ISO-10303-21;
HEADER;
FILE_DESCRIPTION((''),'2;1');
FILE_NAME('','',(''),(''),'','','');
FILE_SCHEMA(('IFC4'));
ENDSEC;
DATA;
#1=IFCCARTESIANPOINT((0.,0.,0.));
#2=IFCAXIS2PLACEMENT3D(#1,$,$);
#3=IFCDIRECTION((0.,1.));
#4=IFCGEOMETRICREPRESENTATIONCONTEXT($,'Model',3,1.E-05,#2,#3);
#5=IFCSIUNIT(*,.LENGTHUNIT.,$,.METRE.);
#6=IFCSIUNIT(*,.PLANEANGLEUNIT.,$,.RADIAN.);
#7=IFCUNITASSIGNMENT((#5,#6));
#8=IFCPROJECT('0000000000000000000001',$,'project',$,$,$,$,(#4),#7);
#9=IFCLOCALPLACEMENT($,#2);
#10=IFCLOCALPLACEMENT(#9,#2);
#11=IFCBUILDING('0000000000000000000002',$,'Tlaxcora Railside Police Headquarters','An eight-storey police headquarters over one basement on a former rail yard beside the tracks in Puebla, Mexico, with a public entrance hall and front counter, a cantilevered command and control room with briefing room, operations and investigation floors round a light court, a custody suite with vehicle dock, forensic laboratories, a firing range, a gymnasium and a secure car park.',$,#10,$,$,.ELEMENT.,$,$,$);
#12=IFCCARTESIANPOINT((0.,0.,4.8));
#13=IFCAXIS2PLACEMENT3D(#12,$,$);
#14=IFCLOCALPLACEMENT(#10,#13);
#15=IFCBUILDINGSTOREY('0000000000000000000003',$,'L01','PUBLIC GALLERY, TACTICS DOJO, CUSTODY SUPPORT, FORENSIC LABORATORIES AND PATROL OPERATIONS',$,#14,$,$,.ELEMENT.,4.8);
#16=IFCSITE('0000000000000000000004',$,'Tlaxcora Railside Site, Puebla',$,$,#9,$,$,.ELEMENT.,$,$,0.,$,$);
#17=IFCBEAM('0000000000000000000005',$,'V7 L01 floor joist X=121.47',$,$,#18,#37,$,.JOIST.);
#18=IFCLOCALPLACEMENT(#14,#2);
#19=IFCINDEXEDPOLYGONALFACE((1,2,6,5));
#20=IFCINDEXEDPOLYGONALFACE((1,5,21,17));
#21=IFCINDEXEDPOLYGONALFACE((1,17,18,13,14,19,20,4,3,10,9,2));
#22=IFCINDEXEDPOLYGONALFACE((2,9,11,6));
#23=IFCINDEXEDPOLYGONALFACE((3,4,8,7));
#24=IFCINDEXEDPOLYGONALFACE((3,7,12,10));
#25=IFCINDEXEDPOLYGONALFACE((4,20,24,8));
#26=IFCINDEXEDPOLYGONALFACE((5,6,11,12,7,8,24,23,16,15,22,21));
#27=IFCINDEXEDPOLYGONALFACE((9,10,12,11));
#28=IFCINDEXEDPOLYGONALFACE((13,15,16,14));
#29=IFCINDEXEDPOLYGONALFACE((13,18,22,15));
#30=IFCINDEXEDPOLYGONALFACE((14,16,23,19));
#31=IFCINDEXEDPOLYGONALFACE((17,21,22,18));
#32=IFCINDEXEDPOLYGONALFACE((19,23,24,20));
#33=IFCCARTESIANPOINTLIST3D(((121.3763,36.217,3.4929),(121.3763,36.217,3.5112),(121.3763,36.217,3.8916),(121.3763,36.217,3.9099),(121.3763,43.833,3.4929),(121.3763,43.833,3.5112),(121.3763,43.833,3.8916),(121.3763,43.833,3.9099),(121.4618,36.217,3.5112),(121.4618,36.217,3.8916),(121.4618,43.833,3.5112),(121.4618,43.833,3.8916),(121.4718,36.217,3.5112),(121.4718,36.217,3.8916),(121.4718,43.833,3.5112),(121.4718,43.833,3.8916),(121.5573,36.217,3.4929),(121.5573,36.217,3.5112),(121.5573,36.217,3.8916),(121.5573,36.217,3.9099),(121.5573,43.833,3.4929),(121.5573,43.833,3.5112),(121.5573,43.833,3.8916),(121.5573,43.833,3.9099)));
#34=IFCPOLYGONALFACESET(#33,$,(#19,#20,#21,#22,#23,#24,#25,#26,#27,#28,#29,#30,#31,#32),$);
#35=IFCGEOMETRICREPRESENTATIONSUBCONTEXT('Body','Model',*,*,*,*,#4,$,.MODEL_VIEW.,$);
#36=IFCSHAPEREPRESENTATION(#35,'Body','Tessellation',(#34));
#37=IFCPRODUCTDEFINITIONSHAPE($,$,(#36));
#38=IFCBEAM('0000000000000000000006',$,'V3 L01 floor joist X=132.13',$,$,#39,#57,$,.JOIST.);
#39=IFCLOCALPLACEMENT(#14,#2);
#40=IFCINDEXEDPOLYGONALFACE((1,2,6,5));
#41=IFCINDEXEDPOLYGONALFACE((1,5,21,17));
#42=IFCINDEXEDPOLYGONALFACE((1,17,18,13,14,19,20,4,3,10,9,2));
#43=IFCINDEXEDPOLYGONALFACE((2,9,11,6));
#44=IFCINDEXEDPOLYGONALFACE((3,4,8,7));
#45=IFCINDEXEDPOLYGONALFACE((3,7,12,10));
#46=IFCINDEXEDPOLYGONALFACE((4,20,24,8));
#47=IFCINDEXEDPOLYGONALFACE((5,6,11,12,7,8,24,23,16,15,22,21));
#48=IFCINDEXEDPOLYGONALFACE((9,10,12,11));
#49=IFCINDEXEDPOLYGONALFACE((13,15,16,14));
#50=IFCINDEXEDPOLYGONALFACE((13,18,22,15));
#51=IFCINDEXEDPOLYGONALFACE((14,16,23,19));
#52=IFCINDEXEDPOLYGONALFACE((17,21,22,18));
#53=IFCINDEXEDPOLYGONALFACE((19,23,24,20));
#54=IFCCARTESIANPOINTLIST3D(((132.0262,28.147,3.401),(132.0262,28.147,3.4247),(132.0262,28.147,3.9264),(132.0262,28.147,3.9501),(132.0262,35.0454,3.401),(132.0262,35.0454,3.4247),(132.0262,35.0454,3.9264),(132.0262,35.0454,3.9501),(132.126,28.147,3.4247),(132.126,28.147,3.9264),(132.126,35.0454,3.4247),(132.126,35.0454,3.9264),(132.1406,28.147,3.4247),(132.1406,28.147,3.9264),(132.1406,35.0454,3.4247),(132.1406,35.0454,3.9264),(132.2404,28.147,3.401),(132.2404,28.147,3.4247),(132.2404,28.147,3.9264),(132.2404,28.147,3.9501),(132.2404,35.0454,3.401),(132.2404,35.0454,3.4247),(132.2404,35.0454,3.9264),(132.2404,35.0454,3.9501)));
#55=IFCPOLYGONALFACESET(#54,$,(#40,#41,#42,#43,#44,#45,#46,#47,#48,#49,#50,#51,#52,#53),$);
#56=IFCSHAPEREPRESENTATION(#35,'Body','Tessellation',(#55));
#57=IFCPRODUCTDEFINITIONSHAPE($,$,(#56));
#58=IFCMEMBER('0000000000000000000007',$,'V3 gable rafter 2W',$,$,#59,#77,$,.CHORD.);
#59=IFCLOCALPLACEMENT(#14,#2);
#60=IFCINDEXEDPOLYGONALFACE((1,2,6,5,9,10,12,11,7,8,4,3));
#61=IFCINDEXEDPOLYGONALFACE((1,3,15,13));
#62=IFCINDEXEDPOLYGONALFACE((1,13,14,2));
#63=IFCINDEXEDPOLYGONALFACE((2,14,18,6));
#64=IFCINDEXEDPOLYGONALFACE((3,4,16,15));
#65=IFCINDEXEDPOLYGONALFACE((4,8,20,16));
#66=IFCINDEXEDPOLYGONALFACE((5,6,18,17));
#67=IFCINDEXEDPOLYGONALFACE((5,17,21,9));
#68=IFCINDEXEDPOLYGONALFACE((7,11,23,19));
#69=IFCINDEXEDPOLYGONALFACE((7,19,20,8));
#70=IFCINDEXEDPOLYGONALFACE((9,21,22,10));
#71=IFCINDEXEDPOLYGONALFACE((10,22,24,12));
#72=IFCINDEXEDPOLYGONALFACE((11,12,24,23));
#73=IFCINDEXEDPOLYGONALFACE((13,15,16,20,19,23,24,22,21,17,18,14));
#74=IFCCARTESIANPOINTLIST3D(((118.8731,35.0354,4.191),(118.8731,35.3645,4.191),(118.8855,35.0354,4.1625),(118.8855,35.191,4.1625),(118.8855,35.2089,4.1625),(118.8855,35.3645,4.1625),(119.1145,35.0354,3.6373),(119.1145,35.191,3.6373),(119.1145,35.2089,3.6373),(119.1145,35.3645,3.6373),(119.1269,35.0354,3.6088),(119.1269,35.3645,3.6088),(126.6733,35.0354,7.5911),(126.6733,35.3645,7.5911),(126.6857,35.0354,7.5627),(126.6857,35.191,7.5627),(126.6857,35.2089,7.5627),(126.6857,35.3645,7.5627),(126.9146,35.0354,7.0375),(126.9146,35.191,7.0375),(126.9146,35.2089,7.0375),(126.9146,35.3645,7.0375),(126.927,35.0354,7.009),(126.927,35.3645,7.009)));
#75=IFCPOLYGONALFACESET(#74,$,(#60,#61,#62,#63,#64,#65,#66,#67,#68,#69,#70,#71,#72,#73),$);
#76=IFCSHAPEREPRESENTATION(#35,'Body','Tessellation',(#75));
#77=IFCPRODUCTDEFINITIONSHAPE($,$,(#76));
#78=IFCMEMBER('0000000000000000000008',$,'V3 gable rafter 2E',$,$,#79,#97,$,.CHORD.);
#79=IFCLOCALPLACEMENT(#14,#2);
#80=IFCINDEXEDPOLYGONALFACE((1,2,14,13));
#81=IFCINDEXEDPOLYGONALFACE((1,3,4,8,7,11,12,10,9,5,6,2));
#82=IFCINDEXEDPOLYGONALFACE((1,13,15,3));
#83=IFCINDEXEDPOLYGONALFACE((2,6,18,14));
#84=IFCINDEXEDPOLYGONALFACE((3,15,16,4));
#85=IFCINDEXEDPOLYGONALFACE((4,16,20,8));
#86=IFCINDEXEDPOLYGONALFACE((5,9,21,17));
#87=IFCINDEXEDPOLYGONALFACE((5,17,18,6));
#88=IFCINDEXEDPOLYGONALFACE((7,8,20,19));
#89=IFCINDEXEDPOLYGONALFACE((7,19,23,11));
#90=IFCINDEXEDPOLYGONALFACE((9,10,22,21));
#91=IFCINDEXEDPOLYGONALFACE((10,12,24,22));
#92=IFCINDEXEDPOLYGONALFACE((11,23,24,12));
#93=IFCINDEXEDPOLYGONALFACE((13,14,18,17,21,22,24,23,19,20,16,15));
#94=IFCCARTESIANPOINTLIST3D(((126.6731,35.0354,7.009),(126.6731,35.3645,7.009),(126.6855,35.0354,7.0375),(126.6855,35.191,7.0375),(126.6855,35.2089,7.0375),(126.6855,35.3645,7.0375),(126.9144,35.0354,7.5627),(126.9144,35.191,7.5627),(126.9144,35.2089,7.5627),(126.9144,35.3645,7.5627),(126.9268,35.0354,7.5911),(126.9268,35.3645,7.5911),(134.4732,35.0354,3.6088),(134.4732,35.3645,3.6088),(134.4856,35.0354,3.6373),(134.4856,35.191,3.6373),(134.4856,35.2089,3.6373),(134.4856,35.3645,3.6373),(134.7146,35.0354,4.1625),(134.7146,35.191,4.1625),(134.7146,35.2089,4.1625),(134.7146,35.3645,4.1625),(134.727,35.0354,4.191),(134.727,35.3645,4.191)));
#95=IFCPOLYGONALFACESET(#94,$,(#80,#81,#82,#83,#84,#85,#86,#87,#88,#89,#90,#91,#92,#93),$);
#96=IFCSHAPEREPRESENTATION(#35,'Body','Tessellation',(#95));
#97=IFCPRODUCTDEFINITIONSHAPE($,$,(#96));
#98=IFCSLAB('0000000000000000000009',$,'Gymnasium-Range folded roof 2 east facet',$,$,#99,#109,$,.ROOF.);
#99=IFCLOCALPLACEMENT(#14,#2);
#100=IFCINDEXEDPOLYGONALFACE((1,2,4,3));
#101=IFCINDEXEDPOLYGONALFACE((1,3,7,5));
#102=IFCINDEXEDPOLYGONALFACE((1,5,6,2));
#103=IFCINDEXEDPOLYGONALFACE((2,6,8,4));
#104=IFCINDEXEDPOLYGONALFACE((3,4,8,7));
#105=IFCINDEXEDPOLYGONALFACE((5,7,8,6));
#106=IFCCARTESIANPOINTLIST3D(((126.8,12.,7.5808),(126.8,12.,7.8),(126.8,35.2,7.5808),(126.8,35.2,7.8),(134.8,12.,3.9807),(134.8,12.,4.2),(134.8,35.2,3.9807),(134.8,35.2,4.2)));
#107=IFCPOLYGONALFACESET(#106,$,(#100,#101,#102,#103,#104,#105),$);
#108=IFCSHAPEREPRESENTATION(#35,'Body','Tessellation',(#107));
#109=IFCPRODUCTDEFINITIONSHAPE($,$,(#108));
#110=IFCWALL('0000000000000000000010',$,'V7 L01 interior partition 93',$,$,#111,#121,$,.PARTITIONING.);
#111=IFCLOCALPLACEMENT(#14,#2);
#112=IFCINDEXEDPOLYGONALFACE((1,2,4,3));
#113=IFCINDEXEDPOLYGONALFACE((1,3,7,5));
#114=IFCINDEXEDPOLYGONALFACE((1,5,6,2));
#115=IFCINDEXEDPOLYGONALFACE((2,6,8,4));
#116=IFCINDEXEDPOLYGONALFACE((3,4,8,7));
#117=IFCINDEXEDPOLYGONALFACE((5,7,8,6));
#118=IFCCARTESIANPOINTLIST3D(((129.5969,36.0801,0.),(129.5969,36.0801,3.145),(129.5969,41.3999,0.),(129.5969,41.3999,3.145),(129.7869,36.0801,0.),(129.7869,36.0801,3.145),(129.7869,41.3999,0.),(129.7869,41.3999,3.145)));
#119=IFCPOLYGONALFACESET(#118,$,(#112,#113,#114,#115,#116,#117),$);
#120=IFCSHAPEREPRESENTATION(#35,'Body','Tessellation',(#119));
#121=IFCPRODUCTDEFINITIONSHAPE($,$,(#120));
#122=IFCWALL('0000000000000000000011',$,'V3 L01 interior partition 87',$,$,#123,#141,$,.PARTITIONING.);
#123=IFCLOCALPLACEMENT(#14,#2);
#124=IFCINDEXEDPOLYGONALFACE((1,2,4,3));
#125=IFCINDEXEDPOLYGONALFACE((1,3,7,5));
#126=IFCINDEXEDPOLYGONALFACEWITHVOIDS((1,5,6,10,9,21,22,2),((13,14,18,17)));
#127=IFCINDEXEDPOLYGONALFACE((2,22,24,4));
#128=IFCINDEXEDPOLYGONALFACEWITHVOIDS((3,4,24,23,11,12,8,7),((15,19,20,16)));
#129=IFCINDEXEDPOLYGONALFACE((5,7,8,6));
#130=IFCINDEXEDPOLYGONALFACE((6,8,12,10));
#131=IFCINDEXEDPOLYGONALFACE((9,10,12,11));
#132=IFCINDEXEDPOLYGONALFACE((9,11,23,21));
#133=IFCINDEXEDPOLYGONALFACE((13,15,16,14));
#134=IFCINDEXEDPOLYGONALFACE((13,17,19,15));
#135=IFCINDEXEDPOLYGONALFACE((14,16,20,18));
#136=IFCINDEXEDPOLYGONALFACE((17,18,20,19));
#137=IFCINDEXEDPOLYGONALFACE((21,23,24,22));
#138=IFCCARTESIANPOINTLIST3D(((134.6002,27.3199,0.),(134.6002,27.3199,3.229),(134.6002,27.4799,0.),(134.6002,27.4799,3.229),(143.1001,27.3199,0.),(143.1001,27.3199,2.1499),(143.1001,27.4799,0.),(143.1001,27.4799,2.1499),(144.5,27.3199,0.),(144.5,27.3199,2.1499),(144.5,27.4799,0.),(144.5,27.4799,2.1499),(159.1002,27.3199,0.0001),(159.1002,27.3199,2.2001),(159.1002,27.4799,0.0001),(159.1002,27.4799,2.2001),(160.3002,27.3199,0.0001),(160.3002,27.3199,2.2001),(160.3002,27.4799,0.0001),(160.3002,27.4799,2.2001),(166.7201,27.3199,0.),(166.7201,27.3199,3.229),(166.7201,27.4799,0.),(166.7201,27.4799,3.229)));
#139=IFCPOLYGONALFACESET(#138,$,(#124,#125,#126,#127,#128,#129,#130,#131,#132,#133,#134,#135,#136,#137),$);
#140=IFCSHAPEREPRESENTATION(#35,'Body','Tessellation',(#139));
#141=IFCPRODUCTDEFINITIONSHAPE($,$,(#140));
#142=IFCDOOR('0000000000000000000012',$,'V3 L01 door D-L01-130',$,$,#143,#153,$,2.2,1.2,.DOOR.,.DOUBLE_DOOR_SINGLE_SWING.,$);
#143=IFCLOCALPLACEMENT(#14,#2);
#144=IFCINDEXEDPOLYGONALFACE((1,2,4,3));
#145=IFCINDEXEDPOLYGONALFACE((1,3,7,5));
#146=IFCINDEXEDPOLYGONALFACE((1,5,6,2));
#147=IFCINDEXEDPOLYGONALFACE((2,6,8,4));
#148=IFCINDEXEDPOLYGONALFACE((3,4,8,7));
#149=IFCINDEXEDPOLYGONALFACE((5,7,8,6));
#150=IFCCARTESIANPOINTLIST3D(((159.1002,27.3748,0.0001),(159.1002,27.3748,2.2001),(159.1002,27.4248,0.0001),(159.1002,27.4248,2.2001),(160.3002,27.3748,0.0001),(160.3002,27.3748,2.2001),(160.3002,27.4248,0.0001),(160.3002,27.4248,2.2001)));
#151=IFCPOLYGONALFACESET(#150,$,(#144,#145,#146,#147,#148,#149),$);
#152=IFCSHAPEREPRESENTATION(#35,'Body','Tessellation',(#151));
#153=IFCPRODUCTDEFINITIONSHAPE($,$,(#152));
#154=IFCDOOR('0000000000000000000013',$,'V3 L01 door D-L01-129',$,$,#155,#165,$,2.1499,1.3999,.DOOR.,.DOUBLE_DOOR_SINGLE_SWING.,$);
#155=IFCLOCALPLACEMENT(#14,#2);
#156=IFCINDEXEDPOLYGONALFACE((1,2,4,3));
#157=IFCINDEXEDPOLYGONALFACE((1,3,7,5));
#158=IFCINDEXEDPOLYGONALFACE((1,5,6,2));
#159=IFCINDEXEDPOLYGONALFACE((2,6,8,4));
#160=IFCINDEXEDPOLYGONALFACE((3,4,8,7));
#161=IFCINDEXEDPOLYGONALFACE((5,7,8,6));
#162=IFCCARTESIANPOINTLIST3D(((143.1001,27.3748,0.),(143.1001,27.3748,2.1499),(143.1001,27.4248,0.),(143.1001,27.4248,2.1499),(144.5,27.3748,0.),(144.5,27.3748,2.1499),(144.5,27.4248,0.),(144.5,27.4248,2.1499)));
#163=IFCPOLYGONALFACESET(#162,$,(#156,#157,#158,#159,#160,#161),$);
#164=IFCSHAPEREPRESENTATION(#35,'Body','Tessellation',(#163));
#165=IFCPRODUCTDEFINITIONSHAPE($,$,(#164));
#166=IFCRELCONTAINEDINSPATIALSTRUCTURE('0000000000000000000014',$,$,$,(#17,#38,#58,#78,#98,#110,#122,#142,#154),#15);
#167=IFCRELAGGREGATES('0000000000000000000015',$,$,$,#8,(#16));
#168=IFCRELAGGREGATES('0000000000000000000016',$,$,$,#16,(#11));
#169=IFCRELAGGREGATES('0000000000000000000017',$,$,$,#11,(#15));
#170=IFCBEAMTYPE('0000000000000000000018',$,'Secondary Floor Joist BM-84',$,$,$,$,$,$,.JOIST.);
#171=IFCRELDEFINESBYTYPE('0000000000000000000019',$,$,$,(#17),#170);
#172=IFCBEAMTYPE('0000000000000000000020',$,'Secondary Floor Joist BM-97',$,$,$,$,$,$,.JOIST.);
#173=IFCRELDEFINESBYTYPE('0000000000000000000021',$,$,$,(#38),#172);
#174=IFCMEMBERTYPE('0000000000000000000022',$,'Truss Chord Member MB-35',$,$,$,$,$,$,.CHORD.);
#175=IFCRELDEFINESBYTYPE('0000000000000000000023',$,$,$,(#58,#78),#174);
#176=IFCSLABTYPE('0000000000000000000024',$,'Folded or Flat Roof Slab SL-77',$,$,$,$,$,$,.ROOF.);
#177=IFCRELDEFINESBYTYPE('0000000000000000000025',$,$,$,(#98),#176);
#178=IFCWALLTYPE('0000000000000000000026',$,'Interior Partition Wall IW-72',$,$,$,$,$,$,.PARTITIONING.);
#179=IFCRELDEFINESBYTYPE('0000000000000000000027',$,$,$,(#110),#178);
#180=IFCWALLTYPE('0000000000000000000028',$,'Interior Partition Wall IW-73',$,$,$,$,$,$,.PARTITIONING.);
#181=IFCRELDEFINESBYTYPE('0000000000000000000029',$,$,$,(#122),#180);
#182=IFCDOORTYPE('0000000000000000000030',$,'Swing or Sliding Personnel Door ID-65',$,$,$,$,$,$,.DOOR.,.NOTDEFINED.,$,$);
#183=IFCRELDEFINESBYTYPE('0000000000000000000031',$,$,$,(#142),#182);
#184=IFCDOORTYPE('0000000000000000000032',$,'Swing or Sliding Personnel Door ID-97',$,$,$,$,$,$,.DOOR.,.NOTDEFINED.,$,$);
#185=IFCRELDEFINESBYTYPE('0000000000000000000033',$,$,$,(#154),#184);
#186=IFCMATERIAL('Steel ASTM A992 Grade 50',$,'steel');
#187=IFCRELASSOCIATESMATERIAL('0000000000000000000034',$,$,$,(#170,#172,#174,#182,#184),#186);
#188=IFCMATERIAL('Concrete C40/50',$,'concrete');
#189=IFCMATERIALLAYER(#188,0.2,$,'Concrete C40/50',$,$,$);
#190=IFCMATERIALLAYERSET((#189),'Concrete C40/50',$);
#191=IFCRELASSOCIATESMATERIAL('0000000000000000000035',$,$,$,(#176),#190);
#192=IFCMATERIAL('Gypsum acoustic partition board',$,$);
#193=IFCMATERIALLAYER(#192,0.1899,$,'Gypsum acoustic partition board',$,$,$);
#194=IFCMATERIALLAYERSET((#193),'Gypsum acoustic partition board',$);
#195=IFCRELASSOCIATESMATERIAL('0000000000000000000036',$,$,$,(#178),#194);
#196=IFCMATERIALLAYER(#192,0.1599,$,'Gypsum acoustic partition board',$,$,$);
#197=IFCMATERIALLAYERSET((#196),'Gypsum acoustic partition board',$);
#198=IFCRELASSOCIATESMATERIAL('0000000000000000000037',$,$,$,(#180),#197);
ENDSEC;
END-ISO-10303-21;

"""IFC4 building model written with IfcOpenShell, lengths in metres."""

from ifc_helpers import new_model, si_unit, direction, frame, frame_2d, origin, origin_2d, place, context, subcontext, project, spatial, polyline, rectangle, i_section, outline, extrude, material, layer, layer_set, material_profile, profile_set, type_object, element, fill, save


model = new_model("IFC4")

# Units and contexts
model_context = context("Model", 3, precision=1e-05, world=origin(), true_north=direction((0.0, 1.0)))
body_context = subcontext(model_context, "Body", "Model", "MODEL_VIEW")
ifc_project = project(units=[si_unit("LENGTHUNIT", "METRE"), si_unit("PLANEANGLEUNIT", "RADIAN")], contexts=[model_context])

# Site, building, storey
site_placement = place(None, origin())
site = spatial("IfcSite", under=ifc_project, at=site_placement, Name="Tlaxcora Railside Site, Puebla", CompositionType="ELEMENT", RefElevation=0.0)
building_placement = place(site_placement, origin())
building = spatial("IfcBuilding", under=site, at=building_placement, Name="Tlaxcora Railside Police Headquarters", Description="An eight-storey police headquarters over one basement on a former rail yard beside the tracks in Puebla, Mexico, with a public entrance hall and front counter, a cantilevered command and control room with briefing room, operations and investigation floors round a light court, a custody suite with vehicle dock, forensic laboratories, a firing range, a gymnasium and a secure car park.", CompositionType="ELEMENT")
storey_placement = place(building_placement, frame((0.0, 0.0, 4.8)))
storey = spatial("IfcBuildingStorey", under=building, at=storey_placement, Name="L01", Description="PUBLIC GALLERY, TACTICS DOJO, CUSTODY SUPPORT, FORENSIC LABORATORIES AND PATROL OPERATIONS", CompositionType="ELEMENT", Elevation=4.8)

# Shared definitions
ifc_material_1 = material(Name="Concrete C40/50", Category="concrete")

# Beams
ifc_material_2 = material(Name="Steel ASTM A992 Grade 50", Category="steel")
ifc_material_profile_1 = material_profile(ifc_material_2, i_section(OverallWidth=0.1809, OverallDepth=0.417, WebThickness=0.01, FlangeThickness=0.0183, at=origin_2d()), Name="W16X57")
ifc_profile_set_1 = profile_set([ifc_material_profile_1], Name="Steel ASTM A992 Grade 50")
beam_type_1 = type_object("IfcBeamType", Name="Secondary Floor Joist BM-84", PredefinedType="JOIST", material=ifc_profile_set_1)
beam_1_placement = place(storey_placement, frame((121.4668, 36.217, 3.7014), z_axis=(0.0, 1.0, 0.0), x_axis=(-1.0, 0.0, 0.0)))
element("IfcBeam", 1, at=beam_1_placement, inside=storey, type_object=beam_type_1, Name="V7 L01 floor joist X=121.47", PredefinedType="JOIST", context=body_context, shape_type="SweptSolid", body=[
    extrude(i_section(OverallWidth=0.1809, OverallDepth=0.417, WebThickness=0.01, FlangeThickness=0.0183, at=origin_2d()), origin(), (0.0, 0.0, 1.0), 7.616),
])
ifc_material_profile_2 = material_profile(ifc_material_2, i_section(OverallWidth=0.2141, OverallDepth=0.5491, WebThickness=0.0146, FlangeThickness=0.0237, at=origin_2d()), Name="W21X93")
ifc_profile_set_2 = profile_set([ifc_material_profile_2], Name="Steel ASTM A992 Grade 50")
beam_type_2 = type_object("IfcBeamType", Name="Secondary Floor Joist BM-97", PredefinedType="JOIST", material=ifc_profile_set_2)
beam_2_placement = place(storey_placement, frame((132.1333, 28.147, 3.6755), z_axis=(0.0, 1.0, 0.0), x_axis=(-1.0, 0.0, 0.0)))
element("IfcBeam", 2, at=beam_2_placement, inside=storey, type_object=beam_type_2, Name="V3 L01 floor joist X=132.13", PredefinedType="JOIST", context=body_context, shape_type="SweptSolid", body=[
    extrude(i_section(OverallWidth=0.2141, OverallDepth=0.5491, WebThickness=0.0146, FlangeThickness=0.0237, at=origin_2d()), origin(), (0.0, 0.0, 1.0), 6.8984),
])

# Members
ifc_material_profile_3 = material_profile(ifc_material_2, i_section(OverallWidth=0.3291, OverallDepth=0.635, WebThickness=0.0178, FlangeThickness=0.031, at=origin_2d()), Name="W24X162")
ifc_profile_set_3 = profile_set([ifc_material_profile_3], Name="Steel ASTM A992 Grade 50")
member_type = type_object("IfcMemberType", Name="Truss Chord Member MB-35", PredefinedType="CHORD", material=ifc_profile_set_3)
for number, where, z_axis, x_axis, name in (
    (3, (119.0, 35.2, 3.8999), (0.916691, 0.0, 0.399598), (0.0, 1.0, 0.0), "V3 gable rafter 2W"),
    (4, (134.6001, 35.2, 3.8999), (-0.916691, 0.0, 0.399598), (0.0, -1.0, 0.0), "V3 gable rafter 2E"),
):
    element("IfcMember", number, at=place(storey_placement, frame(where, z_axis=z_axis, x_axis=x_axis)), inside=storey, type_object=member_type, Name=name, PredefinedType="CHORD", context=body_context, shape_type="SweptSolid", body=[
        extrude(i_section(OverallWidth=0.3291, OverallDepth=0.635, WebThickness=0.0178, FlangeThickness=0.031, at=origin_2d()), origin(), (0.0, 0.0, 1.0), 8.509),
    ])

# Slab
ifc_layer_1 = layer(ifc_material_1, 0.2, Name="Concrete C40/50")
ifc_layer_set_1 = layer_set([ifc_layer_1], Name="Concrete C40/50")
slab_type = type_object("IfcSlabType", Name="Folded or Flat Roof Slab SL-77", PredefinedType="ROOF", material=ifc_layer_set_1)
slab_placement = place(storey_placement, frame((126.8, 35.2, 0.0), z_axis=(0.0, -1.0, 0.0), x_axis=(1.0, 0.0, 0.0)))
element("IfcSlab", 5, at=slab_placement, inside=storey, type_object=slab_type, Name="Gymnasium-Range folded roof 2 east facet", PredefinedType="ROOF", context=body_context, shape_type="SweptSolid", body=[
    extrude(outline(polyline([(0.0, 7.5808), (8.0, 3.9807), (8.0, 4.2), (0.0, 7.8), (0.0, 7.5808)])), origin(), (0.0, 0.0, 1.0), 23.2),
])

# Wall
ifc_material_3 = material(Name="Gypsum acoustic partition board")
ifc_layer_2 = layer(ifc_material_3, 0.1899, Name="Gypsum acoustic partition board")
ifc_layer_set_2 = layer_set([ifc_layer_2], Name="Gypsum acoustic partition board")
wall_type_1 = type_object("IfcWallType", Name="Interior Partition Wall IW-72", PredefinedType="PARTITIONING", material=ifc_layer_set_2)
wall_1_placement = place(storey_placement, frame((129.6919, 36.0801, 0.0), z_axis=(0.0, 0.0, 1.0), x_axis=(0.0, 1.0, 0.0)))
element("IfcWall", 6, at=wall_1_placement, inside=storey, type_object=wall_type_1, Name="V7 L01 interior partition 93", PredefinedType="PARTITIONING", context=body_context, shape_type="SweptSolid", body=[
    extrude(rectangle(XDim=5.3198, YDim=0.1899, at=frame_2d((2.6599, 0.0))), origin(), (0.0, 0.0, 1.0), 3.145),
])

# Wall, openings, doors
ifc_layer_3 = layer(ifc_material_3, 0.1599, Name="Gypsum acoustic partition board")
ifc_layer_set_3 = layer_set([ifc_layer_3], Name="Gypsum acoustic partition board")
wall_type_2 = type_object("IfcWallType", Name="Interior Partition Wall IW-73", PredefinedType="PARTITIONING", material=ifc_layer_set_3)
wall_2_placement = place(storey_placement, frame((134.6001, 27.3999, 0.0), z_axis=(0.0, 0.0, 1.0), x_axis=(1.0, 0.0, 0.0)))
wall_2 = element("IfcWall", 7, at=wall_2_placement, inside=storey, type_object=wall_type_2, Name="V3 L01 interior partition 87", PredefinedType="PARTITIONING", context=body_context, shape_type="SweptSolid", body=[
    extrude(rectangle(XDim=32.1199, YDim=0.1599, at=frame_2d((16.0601, 0.0))), origin(), (0.0, 0.0, 1.0), 3.229),
])
opening_1_placement = place(wall_2_placement, frame((8.5, 0.0, 0.0)))
opening_1 = element("IfcOpeningElement", 8, at=opening_1_placement, cuts=wall_2, PredefinedType="OPENING", context=body_context, shape_type="SweptSolid", body=[
    extrude(rectangle(XDim=1.3999, YDim=2.1499, at=frame_2d((0.7, 1.075))), frame((0.0, 0.0898, 0.0), z_axis=(0.0, -1.0, 0.0), x_axis=(1.0, 0.0, 0.0)), (0.0, 0.0, 1.0), 0.1799),
])
opening_2_placement = place(wall_2_placement, frame((24.5, 0.0, 0.0)))
opening_2 = element("IfcOpeningElement", 9, at=opening_2_placement, cuts=wall_2, PredefinedType="OPENING", context=body_context, shape_type="SweptSolid", body=[
    extrude(rectangle(XDim=1.2, YDim=2.2, at=frame_2d((0.6001, 1.1001))), frame((0.0, 0.0898, 0.0), z_axis=(0.0, -1.0, 0.0), x_axis=(1.0, 0.0, 0.0)), (0.0, 0.0, 1.0), 0.1799),
])
door_type_1 = type_object("IfcDoorType", Name="Swing or Sliding Personnel Door ID-65", OperationType="NOTDEFINED", PredefinedType="DOOR", material=ifc_material_2)
door_1_placement = place(opening_2_placement, origin())
door_1 = element("IfcDoor", 10, at=door_1_placement, inside=storey, type_object=door_type_1, Name="V3 L01 door D-L01-130", OperationType="DOUBLE_DOOR_SINGLE_SWING", OverallHeight=2.2, OverallWidth=1.2, PredefinedType="DOOR", context=body_context, shape_type="SweptSolid", body=[
    extrude(rectangle(XDim=1.2, YDim=2.2, at=frame_2d((0.6001, 1.1001))), frame((0.0, 0.0249, 0.0), z_axis=(0.0, -1.0, 0.0), x_axis=(1.0, 0.0, 0.0)), (0.0, 0.0, 1.0), 0.05),
])
fill(opening_2, door_1)
door_type_2 = type_object("IfcDoorType", Name="Swing or Sliding Personnel Door ID-97", OperationType="NOTDEFINED", PredefinedType="DOOR", material=ifc_material_2)
door_2_placement = place(opening_1_placement, origin())
door_2 = element("IfcDoor", 11, at=door_2_placement, inside=storey, type_object=door_type_2, Name="V3 L01 door D-L01-129", OperationType="DOUBLE_DOOR_SINGLE_SWING", OverallHeight=2.1499, OverallWidth=1.3999, PredefinedType="DOOR", context=body_context, shape_type="SweptSolid", body=[
    extrude(rectangle(XDim=1.3999, YDim=2.1499, at=frame_2d((0.7, 1.075))), frame((0.0, 0.0249, 0.0), z_axis=(0.0, -1.0, 0.0), x_axis=(1.0, 0.0, 0.0)), (0.0, 0.0, 1.0), 0.05),
])
fill(opening_1, door_2)

save(model, "model.ifc")
